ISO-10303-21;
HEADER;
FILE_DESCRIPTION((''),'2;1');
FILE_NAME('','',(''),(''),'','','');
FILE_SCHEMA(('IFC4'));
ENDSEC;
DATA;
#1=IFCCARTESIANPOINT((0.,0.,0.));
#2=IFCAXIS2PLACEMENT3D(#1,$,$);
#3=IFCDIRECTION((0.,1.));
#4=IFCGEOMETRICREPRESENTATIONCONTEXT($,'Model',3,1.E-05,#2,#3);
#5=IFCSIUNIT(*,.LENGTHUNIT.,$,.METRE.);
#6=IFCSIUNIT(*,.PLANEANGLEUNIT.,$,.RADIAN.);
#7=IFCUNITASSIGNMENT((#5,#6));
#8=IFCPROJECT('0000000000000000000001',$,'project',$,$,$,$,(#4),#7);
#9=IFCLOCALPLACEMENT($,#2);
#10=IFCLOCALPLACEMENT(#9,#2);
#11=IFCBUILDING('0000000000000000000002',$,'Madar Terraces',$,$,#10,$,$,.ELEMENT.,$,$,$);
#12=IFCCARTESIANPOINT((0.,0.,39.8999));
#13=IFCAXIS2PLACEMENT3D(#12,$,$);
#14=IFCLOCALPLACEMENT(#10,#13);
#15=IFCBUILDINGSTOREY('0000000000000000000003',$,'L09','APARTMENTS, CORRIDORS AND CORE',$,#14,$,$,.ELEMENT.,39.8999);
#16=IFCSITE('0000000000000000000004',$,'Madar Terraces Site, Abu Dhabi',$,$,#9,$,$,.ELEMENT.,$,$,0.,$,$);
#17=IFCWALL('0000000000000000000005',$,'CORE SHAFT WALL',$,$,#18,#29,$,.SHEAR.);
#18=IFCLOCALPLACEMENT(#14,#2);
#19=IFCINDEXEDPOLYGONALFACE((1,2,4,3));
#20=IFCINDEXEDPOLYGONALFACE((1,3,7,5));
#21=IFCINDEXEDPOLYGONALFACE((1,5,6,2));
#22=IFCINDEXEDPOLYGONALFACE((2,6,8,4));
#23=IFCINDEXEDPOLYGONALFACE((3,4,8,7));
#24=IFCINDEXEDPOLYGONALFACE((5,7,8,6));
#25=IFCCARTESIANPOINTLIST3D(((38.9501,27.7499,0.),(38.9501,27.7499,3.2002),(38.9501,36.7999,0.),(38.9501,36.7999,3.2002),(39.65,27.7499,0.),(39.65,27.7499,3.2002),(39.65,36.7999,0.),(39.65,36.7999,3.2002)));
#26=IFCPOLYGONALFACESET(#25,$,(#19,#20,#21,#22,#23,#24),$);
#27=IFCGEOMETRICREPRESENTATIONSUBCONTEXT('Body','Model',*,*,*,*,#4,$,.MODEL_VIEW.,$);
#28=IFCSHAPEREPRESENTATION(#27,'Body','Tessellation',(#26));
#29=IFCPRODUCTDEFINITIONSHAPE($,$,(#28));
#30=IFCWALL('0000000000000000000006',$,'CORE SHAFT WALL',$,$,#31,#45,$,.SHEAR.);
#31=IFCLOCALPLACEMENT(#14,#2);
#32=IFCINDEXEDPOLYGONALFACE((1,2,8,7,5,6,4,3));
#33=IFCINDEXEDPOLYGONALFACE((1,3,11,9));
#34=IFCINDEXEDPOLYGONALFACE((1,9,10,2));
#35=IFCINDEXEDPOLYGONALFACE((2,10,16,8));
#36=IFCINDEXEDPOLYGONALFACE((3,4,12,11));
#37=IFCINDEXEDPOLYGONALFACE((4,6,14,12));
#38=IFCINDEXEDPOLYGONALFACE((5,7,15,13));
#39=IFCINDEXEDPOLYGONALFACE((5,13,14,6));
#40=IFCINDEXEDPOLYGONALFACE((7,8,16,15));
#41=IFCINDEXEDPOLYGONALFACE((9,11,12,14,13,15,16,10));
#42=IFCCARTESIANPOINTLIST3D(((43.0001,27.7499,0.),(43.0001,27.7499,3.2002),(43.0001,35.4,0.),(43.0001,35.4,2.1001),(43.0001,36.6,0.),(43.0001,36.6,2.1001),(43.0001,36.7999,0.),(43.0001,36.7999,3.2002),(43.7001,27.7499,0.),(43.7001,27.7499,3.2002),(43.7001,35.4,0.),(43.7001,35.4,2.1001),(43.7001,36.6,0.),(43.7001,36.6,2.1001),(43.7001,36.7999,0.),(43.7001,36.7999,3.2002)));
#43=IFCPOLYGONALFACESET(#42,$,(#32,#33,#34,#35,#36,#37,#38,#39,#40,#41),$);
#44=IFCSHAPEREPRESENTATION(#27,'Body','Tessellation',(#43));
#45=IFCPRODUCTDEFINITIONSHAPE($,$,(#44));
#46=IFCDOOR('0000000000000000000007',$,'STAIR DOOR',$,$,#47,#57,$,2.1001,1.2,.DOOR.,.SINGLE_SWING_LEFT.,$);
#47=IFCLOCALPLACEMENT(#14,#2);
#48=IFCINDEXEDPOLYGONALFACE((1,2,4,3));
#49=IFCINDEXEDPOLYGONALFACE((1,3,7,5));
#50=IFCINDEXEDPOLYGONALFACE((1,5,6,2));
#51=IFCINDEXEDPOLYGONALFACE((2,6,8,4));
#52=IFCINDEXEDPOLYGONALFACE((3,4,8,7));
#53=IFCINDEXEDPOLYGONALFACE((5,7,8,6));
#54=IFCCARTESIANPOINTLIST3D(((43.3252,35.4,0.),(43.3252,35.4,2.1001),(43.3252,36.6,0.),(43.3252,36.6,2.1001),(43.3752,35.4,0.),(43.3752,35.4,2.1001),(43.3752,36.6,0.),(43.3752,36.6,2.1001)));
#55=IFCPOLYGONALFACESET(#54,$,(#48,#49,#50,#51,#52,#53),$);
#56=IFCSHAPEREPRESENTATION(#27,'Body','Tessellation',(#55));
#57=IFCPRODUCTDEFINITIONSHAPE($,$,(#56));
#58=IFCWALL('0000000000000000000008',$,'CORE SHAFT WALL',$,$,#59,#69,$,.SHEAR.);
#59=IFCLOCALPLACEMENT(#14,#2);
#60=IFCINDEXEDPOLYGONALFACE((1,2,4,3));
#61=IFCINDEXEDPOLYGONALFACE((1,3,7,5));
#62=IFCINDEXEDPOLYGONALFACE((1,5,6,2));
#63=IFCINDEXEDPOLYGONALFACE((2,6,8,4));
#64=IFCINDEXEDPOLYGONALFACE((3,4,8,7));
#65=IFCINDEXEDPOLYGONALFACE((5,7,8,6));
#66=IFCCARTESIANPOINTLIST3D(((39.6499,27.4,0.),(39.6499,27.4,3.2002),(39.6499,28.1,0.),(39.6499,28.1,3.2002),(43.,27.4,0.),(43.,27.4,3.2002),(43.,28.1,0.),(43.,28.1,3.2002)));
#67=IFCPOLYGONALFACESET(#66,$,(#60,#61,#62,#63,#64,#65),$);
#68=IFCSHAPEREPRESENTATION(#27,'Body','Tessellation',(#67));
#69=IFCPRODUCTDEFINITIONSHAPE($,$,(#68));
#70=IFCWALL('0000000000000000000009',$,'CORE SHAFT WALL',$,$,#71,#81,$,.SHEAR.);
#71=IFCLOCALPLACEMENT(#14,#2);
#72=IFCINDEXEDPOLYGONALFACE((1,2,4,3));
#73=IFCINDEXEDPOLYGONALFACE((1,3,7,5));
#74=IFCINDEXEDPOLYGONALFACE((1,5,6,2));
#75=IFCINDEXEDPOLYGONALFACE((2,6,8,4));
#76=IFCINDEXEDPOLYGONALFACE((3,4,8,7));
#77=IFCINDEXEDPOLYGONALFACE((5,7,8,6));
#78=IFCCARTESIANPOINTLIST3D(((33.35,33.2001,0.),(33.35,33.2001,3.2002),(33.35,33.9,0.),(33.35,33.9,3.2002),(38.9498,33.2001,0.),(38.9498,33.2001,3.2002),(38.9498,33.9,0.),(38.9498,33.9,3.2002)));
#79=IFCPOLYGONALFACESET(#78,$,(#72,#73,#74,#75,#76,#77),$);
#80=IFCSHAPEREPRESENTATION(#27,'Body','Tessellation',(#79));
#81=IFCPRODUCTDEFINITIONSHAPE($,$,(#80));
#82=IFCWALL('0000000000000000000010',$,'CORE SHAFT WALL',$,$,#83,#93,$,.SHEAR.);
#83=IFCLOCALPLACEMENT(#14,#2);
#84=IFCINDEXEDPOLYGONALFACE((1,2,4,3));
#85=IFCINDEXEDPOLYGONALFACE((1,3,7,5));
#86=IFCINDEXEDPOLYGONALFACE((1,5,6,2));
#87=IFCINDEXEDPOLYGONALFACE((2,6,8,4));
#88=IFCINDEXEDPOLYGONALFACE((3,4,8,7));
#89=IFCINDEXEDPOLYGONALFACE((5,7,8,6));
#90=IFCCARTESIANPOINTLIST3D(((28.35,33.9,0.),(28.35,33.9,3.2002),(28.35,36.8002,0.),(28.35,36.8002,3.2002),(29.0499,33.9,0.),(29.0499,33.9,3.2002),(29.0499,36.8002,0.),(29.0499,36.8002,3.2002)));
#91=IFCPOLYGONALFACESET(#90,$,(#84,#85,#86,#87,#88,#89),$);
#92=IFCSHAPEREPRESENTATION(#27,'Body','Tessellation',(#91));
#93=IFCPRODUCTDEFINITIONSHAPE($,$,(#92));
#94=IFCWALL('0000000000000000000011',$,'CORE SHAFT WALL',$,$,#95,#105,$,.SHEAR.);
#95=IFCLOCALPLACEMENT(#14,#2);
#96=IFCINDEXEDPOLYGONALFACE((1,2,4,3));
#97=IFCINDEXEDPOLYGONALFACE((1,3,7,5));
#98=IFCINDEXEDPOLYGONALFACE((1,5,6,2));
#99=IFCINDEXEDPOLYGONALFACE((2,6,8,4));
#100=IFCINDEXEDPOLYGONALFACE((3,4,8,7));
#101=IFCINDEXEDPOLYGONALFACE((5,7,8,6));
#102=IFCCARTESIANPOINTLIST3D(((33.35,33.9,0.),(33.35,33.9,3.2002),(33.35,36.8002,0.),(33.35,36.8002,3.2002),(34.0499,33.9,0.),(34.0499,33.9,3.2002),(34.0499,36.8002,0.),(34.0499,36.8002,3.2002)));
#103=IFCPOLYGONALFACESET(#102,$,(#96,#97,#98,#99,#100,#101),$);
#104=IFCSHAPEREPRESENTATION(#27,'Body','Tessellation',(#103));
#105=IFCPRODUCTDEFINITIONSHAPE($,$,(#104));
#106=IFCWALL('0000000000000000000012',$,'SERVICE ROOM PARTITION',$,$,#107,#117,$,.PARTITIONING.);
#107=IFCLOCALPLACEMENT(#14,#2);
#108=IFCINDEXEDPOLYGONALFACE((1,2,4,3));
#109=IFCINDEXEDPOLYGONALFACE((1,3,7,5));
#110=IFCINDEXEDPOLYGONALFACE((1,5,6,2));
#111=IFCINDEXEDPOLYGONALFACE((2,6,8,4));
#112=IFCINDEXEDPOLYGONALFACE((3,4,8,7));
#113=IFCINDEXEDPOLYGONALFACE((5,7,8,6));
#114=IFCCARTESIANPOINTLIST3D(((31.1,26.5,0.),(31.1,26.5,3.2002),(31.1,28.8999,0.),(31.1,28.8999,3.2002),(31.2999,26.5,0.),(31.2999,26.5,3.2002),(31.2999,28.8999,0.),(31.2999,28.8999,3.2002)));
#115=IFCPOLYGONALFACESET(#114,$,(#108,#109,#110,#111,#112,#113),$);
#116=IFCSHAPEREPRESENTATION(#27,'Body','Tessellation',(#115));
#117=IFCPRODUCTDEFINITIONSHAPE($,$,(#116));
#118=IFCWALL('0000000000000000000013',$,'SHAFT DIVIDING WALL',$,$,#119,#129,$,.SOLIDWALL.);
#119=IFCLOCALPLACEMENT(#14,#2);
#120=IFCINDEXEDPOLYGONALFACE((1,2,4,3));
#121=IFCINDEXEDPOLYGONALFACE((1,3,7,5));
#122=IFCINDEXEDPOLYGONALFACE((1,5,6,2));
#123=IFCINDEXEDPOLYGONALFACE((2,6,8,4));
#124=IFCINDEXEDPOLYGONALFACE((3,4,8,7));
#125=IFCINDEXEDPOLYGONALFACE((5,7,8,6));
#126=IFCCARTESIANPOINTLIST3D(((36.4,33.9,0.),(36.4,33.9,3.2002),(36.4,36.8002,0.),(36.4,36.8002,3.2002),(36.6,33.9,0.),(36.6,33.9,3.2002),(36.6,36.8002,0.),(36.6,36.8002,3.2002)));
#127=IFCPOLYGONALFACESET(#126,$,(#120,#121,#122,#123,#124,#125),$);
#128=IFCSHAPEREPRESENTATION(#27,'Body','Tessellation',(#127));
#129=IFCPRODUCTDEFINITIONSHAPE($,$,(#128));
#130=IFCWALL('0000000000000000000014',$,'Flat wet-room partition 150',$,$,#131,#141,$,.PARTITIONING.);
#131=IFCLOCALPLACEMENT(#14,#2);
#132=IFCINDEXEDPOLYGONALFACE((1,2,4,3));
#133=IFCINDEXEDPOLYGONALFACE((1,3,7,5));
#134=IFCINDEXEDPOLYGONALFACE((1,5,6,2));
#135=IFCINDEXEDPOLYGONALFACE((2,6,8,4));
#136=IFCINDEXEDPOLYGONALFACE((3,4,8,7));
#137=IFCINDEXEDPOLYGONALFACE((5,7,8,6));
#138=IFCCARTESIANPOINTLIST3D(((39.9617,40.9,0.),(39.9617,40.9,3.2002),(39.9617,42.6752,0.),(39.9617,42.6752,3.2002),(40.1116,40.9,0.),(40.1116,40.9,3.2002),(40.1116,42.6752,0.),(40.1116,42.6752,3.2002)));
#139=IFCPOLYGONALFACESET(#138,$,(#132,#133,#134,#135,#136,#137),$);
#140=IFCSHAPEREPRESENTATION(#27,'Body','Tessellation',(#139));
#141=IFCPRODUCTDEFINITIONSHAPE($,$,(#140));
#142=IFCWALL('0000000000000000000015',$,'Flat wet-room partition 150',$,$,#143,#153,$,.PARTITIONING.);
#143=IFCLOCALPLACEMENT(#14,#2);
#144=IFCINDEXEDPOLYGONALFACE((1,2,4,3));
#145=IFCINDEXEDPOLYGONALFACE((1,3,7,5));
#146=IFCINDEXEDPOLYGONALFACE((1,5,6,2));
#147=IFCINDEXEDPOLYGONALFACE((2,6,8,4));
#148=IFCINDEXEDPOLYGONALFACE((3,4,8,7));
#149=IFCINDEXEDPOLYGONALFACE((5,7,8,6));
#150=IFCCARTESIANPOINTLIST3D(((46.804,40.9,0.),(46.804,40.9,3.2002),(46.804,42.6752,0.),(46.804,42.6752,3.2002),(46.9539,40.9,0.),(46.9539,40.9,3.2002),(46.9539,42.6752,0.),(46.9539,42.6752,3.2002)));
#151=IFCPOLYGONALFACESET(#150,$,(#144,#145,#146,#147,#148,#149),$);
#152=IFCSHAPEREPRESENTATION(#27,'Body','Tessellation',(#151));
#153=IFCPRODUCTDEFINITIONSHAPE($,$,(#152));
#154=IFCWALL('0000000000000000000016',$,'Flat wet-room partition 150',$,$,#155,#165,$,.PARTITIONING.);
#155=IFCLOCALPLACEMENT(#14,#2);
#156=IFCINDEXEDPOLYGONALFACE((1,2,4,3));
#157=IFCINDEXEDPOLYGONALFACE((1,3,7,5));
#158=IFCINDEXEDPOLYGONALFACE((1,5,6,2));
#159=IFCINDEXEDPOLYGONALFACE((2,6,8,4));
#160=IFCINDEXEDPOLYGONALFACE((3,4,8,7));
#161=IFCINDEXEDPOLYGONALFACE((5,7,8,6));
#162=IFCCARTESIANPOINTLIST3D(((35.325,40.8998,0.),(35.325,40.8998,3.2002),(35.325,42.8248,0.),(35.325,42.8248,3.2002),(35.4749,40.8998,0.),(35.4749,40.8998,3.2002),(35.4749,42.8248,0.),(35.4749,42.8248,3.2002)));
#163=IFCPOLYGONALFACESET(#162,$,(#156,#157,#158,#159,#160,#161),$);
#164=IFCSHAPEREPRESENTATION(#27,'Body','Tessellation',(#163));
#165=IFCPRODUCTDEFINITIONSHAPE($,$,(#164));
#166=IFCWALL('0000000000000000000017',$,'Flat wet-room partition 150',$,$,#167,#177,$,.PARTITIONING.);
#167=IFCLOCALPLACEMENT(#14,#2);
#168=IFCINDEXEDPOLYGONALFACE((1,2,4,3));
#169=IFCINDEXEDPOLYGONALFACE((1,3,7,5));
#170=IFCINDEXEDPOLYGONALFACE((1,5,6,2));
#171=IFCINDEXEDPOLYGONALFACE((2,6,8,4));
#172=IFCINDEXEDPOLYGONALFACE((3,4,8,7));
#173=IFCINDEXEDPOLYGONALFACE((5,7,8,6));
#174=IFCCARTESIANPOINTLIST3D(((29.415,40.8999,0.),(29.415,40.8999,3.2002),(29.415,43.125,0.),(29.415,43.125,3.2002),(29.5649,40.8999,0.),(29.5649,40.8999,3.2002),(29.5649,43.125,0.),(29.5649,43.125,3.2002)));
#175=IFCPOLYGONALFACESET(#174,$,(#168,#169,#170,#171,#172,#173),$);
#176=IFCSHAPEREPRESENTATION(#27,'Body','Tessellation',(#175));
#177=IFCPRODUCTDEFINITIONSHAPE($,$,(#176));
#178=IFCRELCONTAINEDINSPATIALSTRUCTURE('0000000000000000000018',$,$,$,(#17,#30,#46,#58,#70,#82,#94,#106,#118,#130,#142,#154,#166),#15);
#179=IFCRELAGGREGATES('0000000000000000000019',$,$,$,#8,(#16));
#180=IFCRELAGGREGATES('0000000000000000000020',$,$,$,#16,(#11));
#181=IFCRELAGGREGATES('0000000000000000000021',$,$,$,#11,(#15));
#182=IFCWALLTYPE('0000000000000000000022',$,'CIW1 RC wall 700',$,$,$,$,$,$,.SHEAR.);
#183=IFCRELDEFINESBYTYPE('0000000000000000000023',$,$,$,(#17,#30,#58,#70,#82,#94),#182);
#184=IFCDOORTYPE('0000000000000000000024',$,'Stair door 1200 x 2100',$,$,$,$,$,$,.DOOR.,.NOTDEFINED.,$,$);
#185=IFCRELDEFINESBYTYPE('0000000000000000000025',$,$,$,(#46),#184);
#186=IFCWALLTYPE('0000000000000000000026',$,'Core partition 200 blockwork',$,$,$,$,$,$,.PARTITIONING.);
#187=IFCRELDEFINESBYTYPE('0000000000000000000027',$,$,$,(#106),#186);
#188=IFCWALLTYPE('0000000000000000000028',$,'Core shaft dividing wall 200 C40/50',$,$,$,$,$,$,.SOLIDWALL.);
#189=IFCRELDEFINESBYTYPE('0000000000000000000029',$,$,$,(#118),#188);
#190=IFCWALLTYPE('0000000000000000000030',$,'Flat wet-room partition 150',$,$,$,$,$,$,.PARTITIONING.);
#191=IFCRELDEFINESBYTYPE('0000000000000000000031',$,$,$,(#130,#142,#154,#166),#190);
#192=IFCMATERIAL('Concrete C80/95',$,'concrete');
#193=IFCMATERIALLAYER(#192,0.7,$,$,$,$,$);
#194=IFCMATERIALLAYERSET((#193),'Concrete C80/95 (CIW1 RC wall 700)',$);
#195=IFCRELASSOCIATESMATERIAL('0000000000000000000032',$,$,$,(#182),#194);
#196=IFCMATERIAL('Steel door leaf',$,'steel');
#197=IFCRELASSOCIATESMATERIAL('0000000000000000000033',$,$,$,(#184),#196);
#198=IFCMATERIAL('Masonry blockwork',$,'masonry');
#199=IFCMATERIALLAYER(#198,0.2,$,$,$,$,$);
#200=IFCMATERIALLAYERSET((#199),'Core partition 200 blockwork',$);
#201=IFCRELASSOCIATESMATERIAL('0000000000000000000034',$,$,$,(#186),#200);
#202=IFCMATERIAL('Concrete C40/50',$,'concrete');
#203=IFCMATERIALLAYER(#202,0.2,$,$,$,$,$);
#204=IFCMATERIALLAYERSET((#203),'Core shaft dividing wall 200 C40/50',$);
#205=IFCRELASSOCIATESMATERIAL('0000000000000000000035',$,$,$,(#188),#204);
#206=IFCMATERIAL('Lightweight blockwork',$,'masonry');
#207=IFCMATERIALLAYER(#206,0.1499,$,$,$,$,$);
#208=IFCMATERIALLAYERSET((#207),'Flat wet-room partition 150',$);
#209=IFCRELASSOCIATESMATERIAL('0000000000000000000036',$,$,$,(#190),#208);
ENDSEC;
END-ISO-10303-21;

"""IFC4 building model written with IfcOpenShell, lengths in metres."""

from ifc_helpers import new_model, si_unit, direction, frame, frame_2d, origin, place, context, subcontext, project, spatial, rectangle, extrude, material, layer, layer_set, type_object, element, fill, save


model = new_model("IFC4")

# Units and contexts
model_context = context("Model", 3, precision=1e-05, world=origin(), true_north=direction((0.0, 1.0)))
body_context = subcontext(model_context, "Body", "Model", "MODEL_VIEW")
ifc_project = project(units=[si_unit("LENGTHUNIT", "METRE"), si_unit("PLANEANGLEUNIT", "RADIAN")], contexts=[model_context])

# Site, building, storey
site_placement = place(None, origin())
site = spatial("IfcSite", under=ifc_project, at=site_placement, Name="Madar Terraces Site, Abu Dhabi", CompositionType="ELEMENT", RefElevation=0.0)
building_placement = place(site_placement, origin())
building = spatial("IfcBuilding", under=site, at=building_placement, Name="Madar Terraces", CompositionType="ELEMENT")
storey_placement = place(building_placement, frame((0.0, 0.0, 39.8999)))
storey = spatial("IfcBuildingStorey", under=building, at=storey_placement, Name="L09", Description="APARTMENTS, CORRIDORS AND CORE", CompositionType="ELEMENT", Elevation=39.8999)

# Wall
ifc_material_1 = material(Name="Concrete C80/95", Category="concrete")
ifc_layer_1 = layer(ifc_material_1, 0.7)
ifc_layer_set_1 = layer_set([ifc_layer_1], Name="Concrete C80/95 (CIW1 RC wall 700)")
wall_type_1 = type_object("IfcWallType", Name="CIW1 RC wall 700", PredefinedType="SHEAR", material=ifc_layer_set_1)
wall_1_placement = place(storey_placement, frame((39.3, 27.75, 0.0), z_axis=(0.0, 0.0, 1.0), x_axis=(0.0, 1.0, 0.0)))
element("IfcWall", 1, at=wall_1_placement, inside=storey, type_object=wall_type_1, Name="CORE SHAFT WALL", PredefinedType="SHEAR", context=body_context, shape_type="SweptSolid", body=[
    extrude(rectangle(XDim=9.05, YDim=0.7, at=frame_2d((4.5249, 0.0))), origin(), (0.0, 0.0, 1.0), 3.2002),
])

# Wall, opening, door
wall_2_placement = place(storey_placement, frame((43.3501, 27.75, 0.0), z_axis=(0.0, 0.0, 1.0), x_axis=(0.0, 1.0, 0.0)))
wall_2 = element("IfcWall", 2, at=wall_2_placement, inside=storey, type_object=wall_type_1, Name="CORE SHAFT WALL", PredefinedType="SHEAR", context=body_context, shape_type="SweptSolid", body=[
    extrude(rectangle(XDim=9.05, YDim=0.7, at=frame_2d((4.5249, 0.0))), origin(), (0.0, 0.0, 1.0), 3.2002),
])
opening_placement = place(wall_2_placement, frame((7.6499, 0.0, 0.0)))
opening = element("IfcOpeningElement", 3, at=opening_placement, cuts=wall_2, PredefinedType="OPENING", context=body_context, shape_type="SweptSolid", body=[
    extrude(rectangle(XDim=1.2, YDim=2.1001, at=frame_2d((0.6001, 1.05))), frame((0.0, 0.3599, 0.0), z_axis=(0.0, -1.0, 0.0), x_axis=(1.0, 0.0, 0.0)), (0.0, 0.0, 1.0), 0.72),
])
ifc_material_2 = material(Name="Steel door leaf", Category="steel")
door_type = type_object("IfcDoorType", Name="Stair door 1200 x 2100", OperationType="NOTDEFINED", PredefinedType="DOOR", material=ifc_material_2)
door_placement = place(opening_placement, origin())
door = element("IfcDoor", 4, at=door_placement, inside=storey, type_object=door_type, Name="STAIR DOOR", OperationType="SINGLE_SWING_LEFT", OverallHeight=2.1001, OverallWidth=1.2, PredefinedType="DOOR", context=body_context, shape_type="SweptSolid", body=[
    extrude(rectangle(XDim=1.2, YDim=2.1001, at=frame_2d((0.6001, 1.05))), frame((0.0, 0.0249, 0.0), z_axis=(0.0, -1.0, 0.0), x_axis=(1.0, 0.0, 0.0)), (0.0, 0.0, 1.0), 0.05),
])
fill(opening, door)

# Walls
wall_3_placement = place(storey_placement, frame((39.6499, 27.75, 0.0), z_axis=(0.0, 0.0, 1.0), x_axis=(1.0, 0.0, 0.0)))
element("IfcWall", 5, at=wall_3_placement, inside=storey, type_object=wall_type_1, Name="CORE SHAFT WALL", PredefinedType="SHEAR", context=body_context, shape_type="SweptSolid", body=[
    extrude(rectangle(XDim=3.3501, YDim=0.7, at=frame_2d((1.675, 0.0))), origin(), (0.0, 0.0, 1.0), 3.2002),
])
wall_4_placement = place(storey_placement, frame((33.3501, 33.55, 0.0), z_axis=(0.0, 0.0, 1.0), x_axis=(1.0, 0.0, 0.0)))
element("IfcWall", 6, at=wall_4_placement, inside=storey, type_object=wall_type_1, Name="CORE SHAFT WALL", PredefinedType="SHEAR", context=body_context, shape_type="SweptSolid", body=[
    extrude(rectangle(XDim=5.5999, YDim=0.7, at=frame_2d((2.7998, 0.0))), origin(), (0.0, 0.0, 1.0), 3.2002),
])
for number, where, z_axis, x_axis, name in (
    (7, (28.7, 33.8999, 0.0), (0.0, 0.0, 1.0), (0.0, 1.0, 0.0), "CORE SHAFT WALL"),
    (8, (33.7, 33.8999, 0.0), (0.0, 0.0, 1.0), (0.0, 1.0, 0.0), "CORE SHAFT WALL"),
):
    element("IfcWall", number, at=place(storey_placement, frame(where, z_axis=z_axis, x_axis=x_axis)), inside=storey, type_object=wall_type_1, Name=name, PredefinedType="SHEAR", context=body_context, shape_type="SweptSolid", body=[
        extrude(rectangle(XDim=2.9001, YDim=0.7, at=frame_2d((1.4502, 0.0))), origin(), (0.0, 0.0, 1.0), 3.2002),
    ])
ifc_material_3 = material(Name="Masonry blockwork", Category="masonry")
ifc_layer_2 = layer(ifc_material_3, 0.2)
ifc_layer_set_2 = layer_set([ifc_layer_2], Name="Core partition 200 blockwork")
wall_type_2 = type_object("IfcWallType", Name="Core partition 200 blockwork", PredefinedType="PARTITIONING", material=ifc_layer_set_2)
wall_5_placement = place(storey_placement, frame((31.2, 26.5, 0.0), z_axis=(0.0, 0.0, 1.0), x_axis=(0.0, 1.0, 0.0)))
element("IfcWall", 9, at=wall_5_placement, inside=storey, type_object=wall_type_2, Name="SERVICE ROOM PARTITION", PredefinedType="PARTITIONING", context=body_context, shape_type="SweptSolid", body=[
    extrude(rectangle(XDim=2.3999, YDim=0.2, at=frame_2d((1.2, 0.0))), origin(), (0.0, 0.0, 1.0), 3.2002),
])
ifc_material_4 = material(Name="Concrete C40/50", Category="concrete")
ifc_layer_3 = layer(ifc_material_4, 0.2)
ifc_layer_set_3 = layer_set([ifc_layer_3], Name="Core shaft dividing wall 200 C40/50")
wall_type_3 = type_object("IfcWallType", Name="Core shaft dividing wall 200 C40/50", PredefinedType="SOLIDWALL", material=ifc_layer_set_3)
wall_6_placement = place(storey_placement, frame((36.5, 33.8999, 0.0), z_axis=(0.0, 0.0, 1.0), x_axis=(0.0, 1.0, 0.0)))
element("IfcWall", 10, at=wall_6_placement, inside=storey, type_object=wall_type_3, Name="SHAFT DIVIDING WALL", PredefinedType="SOLIDWALL", context=body_context, shape_type="SweptSolid", body=[
    extrude(rectangle(XDim=2.9001, YDim=0.2, at=frame_2d((1.4502, 0.0))), origin(), (0.0, 0.0, 1.0), 3.2002),
])
ifc_material_5 = material(Name="Lightweight blockwork", Category="masonry")
ifc_layer_4 = layer(ifc_material_5, 0.1499)
ifc_layer_set_4 = layer_set([ifc_layer_4], Name="Flat wet-room partition 150")
wall_type_4 = type_object("IfcWallType", Name="Flat wet-room partition 150", PredefinedType="PARTITIONING", material=ifc_layer_set_4)
for number, where, z_axis, x_axis, name in (
    (11, (40.0366, 40.8999, 0.0), (0.0, 0.0, 1.0), (0.0, 1.0, 0.0), "Flat wet-room partition 150"),
    (12, (46.8789, 40.8999, 0.0), (0.0, 0.0, 1.0), (0.0, 1.0, 0.0), "Flat wet-room partition 150"),
):
    element("IfcWall", number, at=place(storey_placement, frame(where, z_axis=z_axis, x_axis=x_axis)), inside=storey, type_object=wall_type_4, Name=name, PredefinedType="PARTITIONING", context=body_context, shape_type="SweptSolid", body=[
        extrude(rectangle(XDim=1.7751, YDim=0.1499, at=frame_2d((0.8877, 0.0))), origin(), (0.0, 0.0, 1.0), 3.2002),
    ])
wall_7_placement = place(storey_placement, frame((35.3999, 40.8999, 0.0), z_axis=(0.0, 0.0, 1.0), x_axis=(0.0, 1.0, 0.0)))
element("IfcWall", 13, at=wall_7_placement, inside=storey, type_object=wall_type_4, Name="Flat wet-room partition 150", PredefinedType="PARTITIONING", context=body_context, shape_type="SweptSolid", body=[
    extrude(rectangle(XDim=1.925, YDim=0.1499, at=frame_2d((0.9624, 0.0))), origin(), (0.0, 0.0, 1.0), 3.2002),
])
wall_8_placement = place(storey_placement, frame((29.49, 40.8999, 0.0), z_axis=(0.0, 0.0, 1.0), x_axis=(0.0, 1.0, 0.0)))
element("IfcWall", 14, at=wall_8_placement, inside=storey, type_object=wall_type_4, Name="Flat wet-room partition 150", PredefinedType="PARTITIONING", context=body_context, shape_type="SweptSolid", body=[
    extrude(rectangle(XDim=2.2251, YDim=0.1499, at=frame_2d((1.1125, 0.0))), origin(), (0.0, 0.0, 1.0), 3.2002),
])

save(model, "model.ifc")
